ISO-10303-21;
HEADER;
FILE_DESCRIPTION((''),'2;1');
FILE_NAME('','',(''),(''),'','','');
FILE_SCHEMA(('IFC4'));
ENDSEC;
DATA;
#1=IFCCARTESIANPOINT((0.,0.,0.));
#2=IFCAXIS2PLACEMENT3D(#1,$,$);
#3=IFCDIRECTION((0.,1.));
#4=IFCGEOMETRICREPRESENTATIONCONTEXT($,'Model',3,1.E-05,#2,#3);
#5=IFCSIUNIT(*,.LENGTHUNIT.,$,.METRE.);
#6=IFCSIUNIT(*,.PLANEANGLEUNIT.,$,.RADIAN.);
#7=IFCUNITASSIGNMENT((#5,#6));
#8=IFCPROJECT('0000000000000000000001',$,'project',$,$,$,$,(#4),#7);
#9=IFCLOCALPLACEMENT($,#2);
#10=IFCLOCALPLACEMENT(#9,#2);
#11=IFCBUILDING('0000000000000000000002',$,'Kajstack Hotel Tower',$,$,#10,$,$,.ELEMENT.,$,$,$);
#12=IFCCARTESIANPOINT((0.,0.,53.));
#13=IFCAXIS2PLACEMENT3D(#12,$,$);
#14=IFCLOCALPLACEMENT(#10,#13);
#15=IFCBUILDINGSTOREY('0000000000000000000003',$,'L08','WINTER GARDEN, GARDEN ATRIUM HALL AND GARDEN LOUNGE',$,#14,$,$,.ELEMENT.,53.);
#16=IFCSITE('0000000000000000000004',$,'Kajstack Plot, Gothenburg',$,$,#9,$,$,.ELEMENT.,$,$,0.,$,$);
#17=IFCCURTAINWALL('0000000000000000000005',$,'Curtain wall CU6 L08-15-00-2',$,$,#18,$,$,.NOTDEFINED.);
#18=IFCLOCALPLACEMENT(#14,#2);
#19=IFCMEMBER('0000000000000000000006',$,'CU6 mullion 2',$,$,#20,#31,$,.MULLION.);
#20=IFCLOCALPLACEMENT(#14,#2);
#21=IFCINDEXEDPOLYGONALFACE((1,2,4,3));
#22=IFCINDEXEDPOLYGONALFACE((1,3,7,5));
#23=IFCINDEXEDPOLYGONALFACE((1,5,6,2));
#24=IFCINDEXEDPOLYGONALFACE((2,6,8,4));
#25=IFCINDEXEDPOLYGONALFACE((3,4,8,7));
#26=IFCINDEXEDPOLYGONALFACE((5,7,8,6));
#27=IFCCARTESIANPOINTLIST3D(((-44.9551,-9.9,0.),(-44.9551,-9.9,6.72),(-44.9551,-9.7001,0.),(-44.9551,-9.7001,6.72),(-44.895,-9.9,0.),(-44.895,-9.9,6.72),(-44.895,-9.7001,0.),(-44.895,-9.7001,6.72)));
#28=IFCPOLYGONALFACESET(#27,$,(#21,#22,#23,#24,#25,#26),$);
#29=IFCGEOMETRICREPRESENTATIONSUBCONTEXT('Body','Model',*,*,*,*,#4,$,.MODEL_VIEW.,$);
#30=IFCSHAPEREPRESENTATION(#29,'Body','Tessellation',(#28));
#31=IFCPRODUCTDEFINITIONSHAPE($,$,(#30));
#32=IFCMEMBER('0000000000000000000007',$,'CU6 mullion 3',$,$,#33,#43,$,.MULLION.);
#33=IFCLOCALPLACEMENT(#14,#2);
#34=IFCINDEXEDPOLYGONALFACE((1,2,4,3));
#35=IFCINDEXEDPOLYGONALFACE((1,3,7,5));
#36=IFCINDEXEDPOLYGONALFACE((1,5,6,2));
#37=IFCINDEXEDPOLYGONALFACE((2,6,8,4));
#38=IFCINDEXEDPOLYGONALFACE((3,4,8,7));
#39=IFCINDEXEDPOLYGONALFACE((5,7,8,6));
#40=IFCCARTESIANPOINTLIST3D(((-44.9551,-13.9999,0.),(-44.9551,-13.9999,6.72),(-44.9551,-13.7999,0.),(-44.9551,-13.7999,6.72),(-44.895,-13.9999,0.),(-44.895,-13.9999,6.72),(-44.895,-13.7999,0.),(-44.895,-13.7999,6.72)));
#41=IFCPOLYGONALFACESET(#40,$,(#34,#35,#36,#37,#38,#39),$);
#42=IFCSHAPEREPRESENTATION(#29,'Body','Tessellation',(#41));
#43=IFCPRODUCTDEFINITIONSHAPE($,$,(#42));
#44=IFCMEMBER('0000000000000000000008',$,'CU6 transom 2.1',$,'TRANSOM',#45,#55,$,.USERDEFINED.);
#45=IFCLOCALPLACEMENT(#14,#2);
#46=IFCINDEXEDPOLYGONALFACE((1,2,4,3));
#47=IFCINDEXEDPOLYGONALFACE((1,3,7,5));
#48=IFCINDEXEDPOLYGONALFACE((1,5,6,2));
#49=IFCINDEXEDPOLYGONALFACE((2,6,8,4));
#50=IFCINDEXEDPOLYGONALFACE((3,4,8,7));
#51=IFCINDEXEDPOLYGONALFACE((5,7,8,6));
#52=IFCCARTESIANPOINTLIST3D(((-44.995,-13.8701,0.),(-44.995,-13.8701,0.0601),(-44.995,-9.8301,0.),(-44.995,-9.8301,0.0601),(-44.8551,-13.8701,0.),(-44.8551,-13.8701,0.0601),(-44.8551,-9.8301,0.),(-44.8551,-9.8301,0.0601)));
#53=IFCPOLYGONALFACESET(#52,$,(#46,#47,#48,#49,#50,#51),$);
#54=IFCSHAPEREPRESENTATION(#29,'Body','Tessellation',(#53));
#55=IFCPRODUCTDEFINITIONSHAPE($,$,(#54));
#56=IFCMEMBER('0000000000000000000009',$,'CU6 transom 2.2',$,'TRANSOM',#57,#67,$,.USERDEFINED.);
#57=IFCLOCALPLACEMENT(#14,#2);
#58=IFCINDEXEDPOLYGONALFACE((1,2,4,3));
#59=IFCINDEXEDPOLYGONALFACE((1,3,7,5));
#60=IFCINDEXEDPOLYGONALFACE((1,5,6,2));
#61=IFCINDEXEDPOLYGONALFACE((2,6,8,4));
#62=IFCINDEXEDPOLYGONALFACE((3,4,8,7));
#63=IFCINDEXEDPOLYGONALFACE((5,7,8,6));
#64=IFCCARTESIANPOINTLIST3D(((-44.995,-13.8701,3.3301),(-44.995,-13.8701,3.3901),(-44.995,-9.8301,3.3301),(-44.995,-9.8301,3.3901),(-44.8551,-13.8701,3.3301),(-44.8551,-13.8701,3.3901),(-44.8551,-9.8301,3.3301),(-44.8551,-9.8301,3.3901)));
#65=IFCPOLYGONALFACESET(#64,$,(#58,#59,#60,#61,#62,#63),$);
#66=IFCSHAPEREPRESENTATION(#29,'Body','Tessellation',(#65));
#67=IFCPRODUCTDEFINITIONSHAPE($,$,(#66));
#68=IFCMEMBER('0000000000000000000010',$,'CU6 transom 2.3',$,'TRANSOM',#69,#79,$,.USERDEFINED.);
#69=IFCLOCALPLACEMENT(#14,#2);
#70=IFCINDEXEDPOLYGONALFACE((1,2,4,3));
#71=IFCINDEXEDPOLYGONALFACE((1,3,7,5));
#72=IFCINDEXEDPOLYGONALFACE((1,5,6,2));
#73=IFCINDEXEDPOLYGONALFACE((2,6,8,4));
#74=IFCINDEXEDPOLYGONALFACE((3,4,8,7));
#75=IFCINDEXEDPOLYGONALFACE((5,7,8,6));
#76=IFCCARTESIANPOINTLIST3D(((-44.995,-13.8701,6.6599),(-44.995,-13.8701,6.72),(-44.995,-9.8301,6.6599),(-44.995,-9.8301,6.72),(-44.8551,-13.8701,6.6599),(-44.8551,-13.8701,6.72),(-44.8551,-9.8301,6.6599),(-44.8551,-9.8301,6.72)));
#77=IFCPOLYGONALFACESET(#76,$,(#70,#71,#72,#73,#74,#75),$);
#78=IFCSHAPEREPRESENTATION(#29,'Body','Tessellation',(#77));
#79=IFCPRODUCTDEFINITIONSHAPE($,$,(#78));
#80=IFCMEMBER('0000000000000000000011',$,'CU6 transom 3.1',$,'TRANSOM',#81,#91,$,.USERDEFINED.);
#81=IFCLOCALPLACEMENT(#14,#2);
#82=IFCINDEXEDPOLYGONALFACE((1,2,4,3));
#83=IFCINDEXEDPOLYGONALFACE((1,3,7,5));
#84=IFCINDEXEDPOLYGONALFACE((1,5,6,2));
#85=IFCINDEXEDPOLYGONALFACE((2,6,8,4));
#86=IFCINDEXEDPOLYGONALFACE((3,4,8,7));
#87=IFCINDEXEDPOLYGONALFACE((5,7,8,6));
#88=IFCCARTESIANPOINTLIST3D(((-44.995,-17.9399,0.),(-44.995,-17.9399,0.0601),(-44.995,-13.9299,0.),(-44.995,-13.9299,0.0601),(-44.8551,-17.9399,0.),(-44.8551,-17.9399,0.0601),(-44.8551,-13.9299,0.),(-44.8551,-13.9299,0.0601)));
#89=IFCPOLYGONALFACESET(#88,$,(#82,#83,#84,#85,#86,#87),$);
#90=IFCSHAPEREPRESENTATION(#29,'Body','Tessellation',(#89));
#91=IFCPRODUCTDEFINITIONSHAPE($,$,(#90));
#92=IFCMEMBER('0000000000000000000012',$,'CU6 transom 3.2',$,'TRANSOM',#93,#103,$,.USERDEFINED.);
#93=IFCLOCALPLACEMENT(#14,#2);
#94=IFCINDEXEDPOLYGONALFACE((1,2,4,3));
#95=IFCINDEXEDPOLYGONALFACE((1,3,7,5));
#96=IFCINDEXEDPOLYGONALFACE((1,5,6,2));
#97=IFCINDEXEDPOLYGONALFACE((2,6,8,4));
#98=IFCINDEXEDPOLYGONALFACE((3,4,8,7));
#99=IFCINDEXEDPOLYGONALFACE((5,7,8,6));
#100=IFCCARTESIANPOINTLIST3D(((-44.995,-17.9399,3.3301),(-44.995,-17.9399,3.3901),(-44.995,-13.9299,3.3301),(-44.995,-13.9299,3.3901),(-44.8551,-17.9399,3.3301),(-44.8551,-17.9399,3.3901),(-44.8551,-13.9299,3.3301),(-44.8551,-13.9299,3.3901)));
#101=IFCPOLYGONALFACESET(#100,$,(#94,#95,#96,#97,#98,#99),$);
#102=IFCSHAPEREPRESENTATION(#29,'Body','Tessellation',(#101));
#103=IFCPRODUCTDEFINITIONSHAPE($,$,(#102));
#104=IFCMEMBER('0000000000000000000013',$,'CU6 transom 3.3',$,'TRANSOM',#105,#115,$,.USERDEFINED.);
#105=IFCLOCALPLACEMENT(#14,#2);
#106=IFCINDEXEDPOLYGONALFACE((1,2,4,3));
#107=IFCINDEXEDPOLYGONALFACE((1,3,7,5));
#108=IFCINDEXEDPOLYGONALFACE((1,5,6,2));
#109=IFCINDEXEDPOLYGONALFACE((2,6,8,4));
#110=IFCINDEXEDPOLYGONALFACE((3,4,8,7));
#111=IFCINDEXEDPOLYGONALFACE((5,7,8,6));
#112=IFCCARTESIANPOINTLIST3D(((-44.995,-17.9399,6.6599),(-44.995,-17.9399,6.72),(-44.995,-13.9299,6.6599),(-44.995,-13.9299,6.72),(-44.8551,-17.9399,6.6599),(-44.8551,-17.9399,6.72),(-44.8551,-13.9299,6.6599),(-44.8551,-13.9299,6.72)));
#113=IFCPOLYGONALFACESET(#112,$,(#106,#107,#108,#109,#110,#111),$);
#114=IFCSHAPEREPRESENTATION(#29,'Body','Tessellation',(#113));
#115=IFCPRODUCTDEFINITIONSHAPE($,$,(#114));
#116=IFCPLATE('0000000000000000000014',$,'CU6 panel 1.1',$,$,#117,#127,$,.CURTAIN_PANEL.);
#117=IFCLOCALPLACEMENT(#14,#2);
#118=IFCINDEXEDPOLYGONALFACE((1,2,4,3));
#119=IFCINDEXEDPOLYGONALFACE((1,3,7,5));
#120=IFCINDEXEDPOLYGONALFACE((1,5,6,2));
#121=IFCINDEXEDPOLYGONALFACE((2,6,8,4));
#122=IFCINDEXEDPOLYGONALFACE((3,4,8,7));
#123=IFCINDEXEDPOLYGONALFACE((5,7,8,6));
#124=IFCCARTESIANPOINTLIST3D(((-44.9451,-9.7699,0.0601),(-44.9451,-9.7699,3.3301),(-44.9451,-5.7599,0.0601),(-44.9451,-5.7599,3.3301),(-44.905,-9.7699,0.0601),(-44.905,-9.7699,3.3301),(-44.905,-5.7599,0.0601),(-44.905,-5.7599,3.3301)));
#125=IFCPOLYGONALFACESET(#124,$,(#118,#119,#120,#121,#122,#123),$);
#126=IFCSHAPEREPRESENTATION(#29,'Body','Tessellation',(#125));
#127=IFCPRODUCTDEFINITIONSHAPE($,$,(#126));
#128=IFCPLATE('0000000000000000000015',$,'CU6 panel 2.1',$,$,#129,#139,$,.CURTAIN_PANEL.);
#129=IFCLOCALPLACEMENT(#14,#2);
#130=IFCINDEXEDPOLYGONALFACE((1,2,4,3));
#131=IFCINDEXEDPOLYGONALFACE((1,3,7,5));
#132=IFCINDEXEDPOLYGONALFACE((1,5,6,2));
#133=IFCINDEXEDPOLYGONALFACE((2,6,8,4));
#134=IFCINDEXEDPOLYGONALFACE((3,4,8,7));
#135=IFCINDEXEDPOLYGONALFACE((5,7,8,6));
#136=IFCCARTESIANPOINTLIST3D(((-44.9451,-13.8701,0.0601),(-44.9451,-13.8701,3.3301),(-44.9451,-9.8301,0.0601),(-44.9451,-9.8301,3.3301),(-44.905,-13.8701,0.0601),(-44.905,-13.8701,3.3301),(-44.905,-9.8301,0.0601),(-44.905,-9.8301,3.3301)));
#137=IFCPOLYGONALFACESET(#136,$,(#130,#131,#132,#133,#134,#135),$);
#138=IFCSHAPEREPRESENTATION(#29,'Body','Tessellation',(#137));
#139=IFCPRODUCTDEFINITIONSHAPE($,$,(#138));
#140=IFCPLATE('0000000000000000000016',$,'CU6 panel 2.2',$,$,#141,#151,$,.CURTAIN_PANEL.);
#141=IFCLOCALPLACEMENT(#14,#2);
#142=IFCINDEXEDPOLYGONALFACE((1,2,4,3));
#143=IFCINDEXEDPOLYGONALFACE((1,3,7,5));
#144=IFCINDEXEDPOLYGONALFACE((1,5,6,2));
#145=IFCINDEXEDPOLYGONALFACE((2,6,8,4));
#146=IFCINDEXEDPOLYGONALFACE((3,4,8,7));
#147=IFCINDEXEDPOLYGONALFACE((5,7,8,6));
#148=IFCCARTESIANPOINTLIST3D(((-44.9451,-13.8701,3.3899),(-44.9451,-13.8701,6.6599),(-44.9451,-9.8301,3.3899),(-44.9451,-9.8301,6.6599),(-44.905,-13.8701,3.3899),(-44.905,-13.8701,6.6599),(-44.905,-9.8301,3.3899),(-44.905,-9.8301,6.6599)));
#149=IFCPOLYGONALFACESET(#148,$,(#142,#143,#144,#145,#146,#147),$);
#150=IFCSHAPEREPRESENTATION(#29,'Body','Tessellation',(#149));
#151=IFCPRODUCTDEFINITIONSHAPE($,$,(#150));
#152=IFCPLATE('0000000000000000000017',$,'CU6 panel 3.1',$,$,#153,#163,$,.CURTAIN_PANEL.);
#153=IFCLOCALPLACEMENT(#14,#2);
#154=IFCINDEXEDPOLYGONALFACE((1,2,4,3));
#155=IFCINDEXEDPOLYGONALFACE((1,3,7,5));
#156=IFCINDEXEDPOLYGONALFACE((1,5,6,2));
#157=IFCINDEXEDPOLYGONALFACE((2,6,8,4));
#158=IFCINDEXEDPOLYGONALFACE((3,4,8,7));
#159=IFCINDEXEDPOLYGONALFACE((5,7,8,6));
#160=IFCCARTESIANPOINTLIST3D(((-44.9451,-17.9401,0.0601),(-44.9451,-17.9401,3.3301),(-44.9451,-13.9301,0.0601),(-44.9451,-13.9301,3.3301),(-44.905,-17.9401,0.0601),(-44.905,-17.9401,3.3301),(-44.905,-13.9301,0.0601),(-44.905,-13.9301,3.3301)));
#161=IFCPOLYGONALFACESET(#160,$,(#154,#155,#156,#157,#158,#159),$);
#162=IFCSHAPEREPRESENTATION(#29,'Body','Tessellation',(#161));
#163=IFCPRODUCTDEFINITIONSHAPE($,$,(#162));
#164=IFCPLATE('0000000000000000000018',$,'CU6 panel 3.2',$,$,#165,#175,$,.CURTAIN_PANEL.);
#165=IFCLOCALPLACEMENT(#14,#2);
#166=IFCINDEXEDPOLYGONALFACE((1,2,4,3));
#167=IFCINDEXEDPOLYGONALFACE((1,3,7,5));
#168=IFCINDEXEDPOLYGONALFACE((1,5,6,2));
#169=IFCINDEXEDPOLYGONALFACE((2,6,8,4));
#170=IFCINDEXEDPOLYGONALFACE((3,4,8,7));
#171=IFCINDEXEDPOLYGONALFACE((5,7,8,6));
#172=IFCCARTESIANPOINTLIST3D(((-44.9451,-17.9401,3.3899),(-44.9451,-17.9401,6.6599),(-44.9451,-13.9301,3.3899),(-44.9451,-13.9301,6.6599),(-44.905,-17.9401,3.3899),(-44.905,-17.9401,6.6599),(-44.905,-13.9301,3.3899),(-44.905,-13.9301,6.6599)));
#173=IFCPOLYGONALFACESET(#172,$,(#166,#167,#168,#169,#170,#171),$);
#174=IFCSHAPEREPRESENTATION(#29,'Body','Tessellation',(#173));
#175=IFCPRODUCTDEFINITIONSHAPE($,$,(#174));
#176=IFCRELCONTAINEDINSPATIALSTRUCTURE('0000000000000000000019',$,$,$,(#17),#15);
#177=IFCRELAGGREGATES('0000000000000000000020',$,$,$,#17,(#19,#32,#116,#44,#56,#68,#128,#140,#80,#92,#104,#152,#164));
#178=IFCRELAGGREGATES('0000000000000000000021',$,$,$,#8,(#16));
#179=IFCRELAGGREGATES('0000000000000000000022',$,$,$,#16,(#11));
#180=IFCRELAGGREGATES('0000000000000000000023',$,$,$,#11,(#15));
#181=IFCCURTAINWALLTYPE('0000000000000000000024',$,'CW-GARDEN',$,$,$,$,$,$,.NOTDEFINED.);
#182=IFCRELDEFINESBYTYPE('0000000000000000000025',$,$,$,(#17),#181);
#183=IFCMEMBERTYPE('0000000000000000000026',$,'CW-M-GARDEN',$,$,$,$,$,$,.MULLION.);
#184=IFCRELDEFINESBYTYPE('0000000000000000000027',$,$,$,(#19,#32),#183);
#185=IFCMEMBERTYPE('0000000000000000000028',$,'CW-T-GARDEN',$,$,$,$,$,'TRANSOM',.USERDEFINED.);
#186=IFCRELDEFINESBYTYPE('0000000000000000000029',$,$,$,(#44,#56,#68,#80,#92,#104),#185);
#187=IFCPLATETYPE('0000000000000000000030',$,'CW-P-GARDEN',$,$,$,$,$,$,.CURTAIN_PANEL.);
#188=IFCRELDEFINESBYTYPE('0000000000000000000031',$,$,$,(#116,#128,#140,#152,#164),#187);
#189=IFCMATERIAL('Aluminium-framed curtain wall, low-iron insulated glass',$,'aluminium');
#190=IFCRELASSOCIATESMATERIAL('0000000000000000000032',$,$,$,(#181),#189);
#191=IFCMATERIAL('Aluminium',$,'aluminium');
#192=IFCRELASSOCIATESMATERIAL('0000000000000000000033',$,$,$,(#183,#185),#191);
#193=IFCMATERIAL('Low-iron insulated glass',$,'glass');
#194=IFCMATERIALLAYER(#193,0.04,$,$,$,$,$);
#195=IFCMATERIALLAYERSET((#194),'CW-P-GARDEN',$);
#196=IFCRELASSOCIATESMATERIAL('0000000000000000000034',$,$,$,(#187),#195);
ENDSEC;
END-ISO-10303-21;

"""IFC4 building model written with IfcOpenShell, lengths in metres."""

from ifc_helpers import new_model, si_unit, direction, frame, origin, origin_2d, place, context, subcontext, project, spatial, rectangle, extrude, material, layer, layer_set, material_profile, profile_set, type_object, element, aggregate, save


model = new_model("IFC4")

# Units and contexts
model_context = context("Model", 3, precision=1e-05, world=origin(), true_north=direction((0.0, 1.0)))
body_context = subcontext(model_context, "Body", "Model", "MODEL_VIEW")
ifc_project = project(units=[si_unit("LENGTHUNIT", "METRE"), si_unit("PLANEANGLEUNIT", "RADIAN")], contexts=[model_context])

# Site, building, storey
site_placement = place(None, origin())
site = spatial("IfcSite", under=ifc_project, at=site_placement, Name="Kajstack Plot, Gothenburg", CompositionType="ELEMENT", RefElevation=0.0)
building_placement = place(site_placement, origin())
building = spatial("IfcBuilding", under=site, at=building_placement, Name="Kajstack Hotel Tower", CompositionType="ELEMENT")
storey_placement = place(building_placement, frame((0.0, 0.0, 53.0)))
storey = spatial("IfcBuildingStorey", under=building, at=storey_placement, Name="L08", Description="WINTER GARDEN, GARDEN ATRIUM HALL AND GARDEN LOUNGE", CompositionType="ELEMENT", Elevation=53.0)

# Curtain wall, members, plates
ifc_material_1 = material(Name="Aluminium-framed curtain wall, low-iron insulated glass", Category="aluminium")
curtain_wall_type = type_object("IfcCurtainWallType", Name="CW-GARDEN", PredefinedType="NOTDEFINED", material=ifc_material_1)
curtain_wall_placement = place(storey_placement, origin())
curtain_wall = element("IfcCurtainWall", 1, at=curtain_wall_placement, inside=storey, type_object=curtain_wall_type, Name="Curtain wall CU6 L08-15-00-2", PredefinedType="NOTDEFINED")
ifc_material_2 = material(Name="Aluminium", Category="aluminium")
ifc_material_profile_1 = material_profile(ifc_material_2, rectangle(XDim=0.0601, YDim=0.2, at=origin_2d()), Name="Aluminium mullion 60 x 200")
ifc_profile_set_1 = profile_set([ifc_material_profile_1], Name="Aluminium")
member_type_1 = type_object("IfcMemberType", Name="CW-M-GARDEN", PredefinedType="MULLION", material=ifc_profile_set_1)
member_1_placement = place(storey_placement, frame((-44.925, -9.8, 0.0), z_axis=(0.0, 0.0, 1.0), x_axis=(1.0, 0.0, 0.0)))
member_1 = element("IfcMember", 2, at=member_1_placement, type_object=member_type_1, Name="CU6 mullion 2", PredefinedType="MULLION", context=body_context, shape_type="SweptSolid", body=[
    extrude(rectangle(XDim=0.0601, YDim=0.2, at=origin_2d()), origin(), (0.0, 0.0, 1.0), 6.72),
])
member_2_placement = place(storey_placement, frame((-44.925, -13.8999, 0.0), z_axis=(0.0, 0.0, 1.0), x_axis=(1.0, 0.0, 0.0)))
member_2 = element("IfcMember", 3, at=member_2_placement, type_object=member_type_1, Name="CU6 mullion 3", PredefinedType="MULLION", context=body_context, shape_type="SweptSolid", body=[
    extrude(rectangle(XDim=0.0601, YDim=0.2, at=origin_2d()), origin(), (0.0, 0.0, 1.0), 6.72),
])
ifc_material_profile_2 = material_profile(ifc_material_2, rectangle(XDim=0.1399, YDim=0.0601, at=origin_2d()), Name="Aluminium transom 140 x 60")
ifc_profile_set_2 = profile_set([ifc_material_profile_2], Name="Aluminium")
member_type_2 = type_object("IfcMemberType", Name="CW-T-GARDEN", ElementType="TRANSOM", PredefinedType="USERDEFINED", material=ifc_profile_set_2)
member_3_placement = place(storey_placement, frame((-44.925, -9.8301, 0.03), z_axis=(0.0, -1.0, 0.0), x_axis=(1.0, 0.0, 0.0)))
member_3 = element("IfcMember", 4, at=member_3_placement, type_object=member_type_2, Name="CU6 transom 2.1", ObjectType="TRANSOM", PredefinedType="USERDEFINED", context=body_context, shape_type="SweptSolid", body=[
    extrude(rectangle(XDim=0.1399, YDim=0.0601, at=origin_2d()), origin(), (0.0, 0.0, 1.0), 4.04),
])
member_4_placement = place(storey_placement, frame((-44.925, -9.8301, 3.3601), z_axis=(0.0, -1.0, 0.0), x_axis=(1.0, 0.0, 0.0)))
member_4 = element("IfcMember", 5, at=member_4_placement, type_object=member_type_2, Name="CU6 transom 2.2", ObjectType="TRANSOM", PredefinedType="USERDEFINED", context=body_context, shape_type="SweptSolid", body=[
    extrude(rectangle(XDim=0.1399, YDim=0.0601, at=origin_2d()), origin(), (0.0, 0.0, 1.0), 4.04),
])
member_5_placement = place(storey_placement, frame((-44.925, -9.8301, 6.6899), z_axis=(0.0, -1.0, 0.0), x_axis=(1.0, 0.0, 0.0)))
member_5 = element("IfcMember", 6, at=member_5_placement, type_object=member_type_2, Name="CU6 transom 2.3", ObjectType="TRANSOM", PredefinedType="USERDEFINED", context=body_context, shape_type="SweptSolid", body=[
    extrude(rectangle(XDim=0.1399, YDim=0.0601, at=origin_2d()), origin(), (0.0, 0.0, 1.0), 4.04),
])
member_6_placement = place(storey_placement, frame((-44.925, -13.9299, 0.03), z_axis=(0.0, -1.0, 0.0), x_axis=(1.0, 0.0, 0.0)))
member_6 = element("IfcMember", 7, at=member_6_placement, type_object=member_type_2, Name="CU6 transom 3.1", ObjectType="TRANSOM", PredefinedType="USERDEFINED", context=body_context, shape_type="SweptSolid", body=[
    extrude(rectangle(XDim=0.1399, YDim=0.0601, at=origin_2d()), origin(), (0.0, 0.0, 1.0), 4.01),
])
member_7_placement = place(storey_placement, frame((-44.925, -13.9299, 3.3601), z_axis=(0.0, -1.0, 0.0), x_axis=(1.0, 0.0, 0.0)))
member_7 = element("IfcMember", 8, at=member_7_placement, type_object=member_type_2, Name="CU6 transom 3.2", ObjectType="TRANSOM", PredefinedType="USERDEFINED", context=body_context, shape_type="SweptSolid", body=[
    extrude(rectangle(XDim=0.1399, YDim=0.0601, at=origin_2d()), origin(), (0.0, 0.0, 1.0), 4.01),
])
member_8_placement = place(storey_placement, frame((-44.925, -13.9299, 6.6899), z_axis=(0.0, -1.0, 0.0), x_axis=(1.0, 0.0, 0.0)))
member_8 = element("IfcMember", 9, at=member_8_placement, type_object=member_type_2, Name="CU6 transom 3.3", ObjectType="TRANSOM", PredefinedType="USERDEFINED", context=body_context, shape_type="SweptSolid", body=[
    extrude(rectangle(XDim=0.1399, YDim=0.0601, at=origin_2d()), origin(), (0.0, 0.0, 1.0), 4.01),
])
ifc_material_3 = material(Name="Low-iron insulated glass", Category="glass")
ifc_layer_1 = layer(ifc_material_3, 0.04)
ifc_layer_set_1 = layer_set([ifc_layer_1], Name="CW-P-GARDEN")
plate_type = type_object("IfcPlateType", Name="CW-P-GARDEN", PredefinedType="CURTAIN_PANEL", material=ifc_layer_set_1)
plate_1_placement = place(storey_placement, frame((-44.925, -7.7649, 0.0601), z_axis=(0.0, 0.0, 1.0), x_axis=(0.0, -1.0, 0.0)))
plate_1 = element("IfcPlate", 10, at=plate_1_placement, type_object=plate_type, Name="CU6 panel 1.1", PredefinedType="CURTAIN_PANEL", context=body_context, shape_type="SweptSolid", body=[
    extrude(rectangle(XDim=4.01, YDim=0.04, at=origin_2d()), origin(), (0.0, 0.0, 1.0), 3.27),
])
plate_2_placement = place(storey_placement, frame((-44.925, -11.8501, 0.0601), z_axis=(0.0, 0.0, 1.0), x_axis=(0.0, -1.0, 0.0)))
plate_2 = element("IfcPlate", 11, at=plate_2_placement, type_object=plate_type, Name="CU6 panel 2.1", PredefinedType="CURTAIN_PANEL", context=body_context, shape_type="SweptSolid", body=[
    extrude(rectangle(XDim=4.04, YDim=0.04, at=origin_2d()), origin(), (0.0, 0.0, 1.0), 3.27),
])
plate_3_placement = place(storey_placement, frame((-44.925, -11.8501, 3.3899), z_axis=(0.0, 0.0, 1.0), x_axis=(0.0, -1.0, 0.0)))
plate_3 = element("IfcPlate", 12, at=plate_3_placement, type_object=plate_type, Name="CU6 panel 2.2", PredefinedType="CURTAIN_PANEL", context=body_context, shape_type="SweptSolid", body=[
    extrude(rectangle(XDim=4.04, YDim=0.04, at=origin_2d()), origin(), (0.0, 0.0, 1.0), 3.27),
])
plate_4_placement = place(storey_placement, frame((-44.925, -15.9351, 0.0601), z_axis=(0.0, 0.0, 1.0), x_axis=(0.0, -1.0, 0.0)))
plate_4 = element("IfcPlate", 13, at=plate_4_placement, type_object=plate_type, Name="CU6 panel 3.1", PredefinedType="CURTAIN_PANEL", context=body_context, shape_type="SweptSolid", body=[
    extrude(rectangle(XDim=4.01, YDim=0.04, at=origin_2d()), origin(), (0.0, 0.0, 1.0), 3.27),
])
plate_5_placement = place(storey_placement, frame((-44.925, -15.9351, 3.3899), z_axis=(0.0, 0.0, 1.0), x_axis=(0.0, -1.0, 0.0)))
plate_5 = element("IfcPlate", 14, at=plate_5_placement, type_object=plate_type, Name="CU6 panel 3.2", PredefinedType="CURTAIN_PANEL", context=body_context, shape_type="SweptSolid", body=[
    extrude(rectangle(XDim=4.01, YDim=0.04, at=origin_2d()), origin(), (0.0, 0.0, 1.0), 3.27),
])
aggregate(curtain_wall, [member_1, member_2, plate_1, member_3, member_4, member_5, plate_2, plate_3, member_6, member_7, member_8, plate_4, plate_5])

save(model, "model.ifc")
